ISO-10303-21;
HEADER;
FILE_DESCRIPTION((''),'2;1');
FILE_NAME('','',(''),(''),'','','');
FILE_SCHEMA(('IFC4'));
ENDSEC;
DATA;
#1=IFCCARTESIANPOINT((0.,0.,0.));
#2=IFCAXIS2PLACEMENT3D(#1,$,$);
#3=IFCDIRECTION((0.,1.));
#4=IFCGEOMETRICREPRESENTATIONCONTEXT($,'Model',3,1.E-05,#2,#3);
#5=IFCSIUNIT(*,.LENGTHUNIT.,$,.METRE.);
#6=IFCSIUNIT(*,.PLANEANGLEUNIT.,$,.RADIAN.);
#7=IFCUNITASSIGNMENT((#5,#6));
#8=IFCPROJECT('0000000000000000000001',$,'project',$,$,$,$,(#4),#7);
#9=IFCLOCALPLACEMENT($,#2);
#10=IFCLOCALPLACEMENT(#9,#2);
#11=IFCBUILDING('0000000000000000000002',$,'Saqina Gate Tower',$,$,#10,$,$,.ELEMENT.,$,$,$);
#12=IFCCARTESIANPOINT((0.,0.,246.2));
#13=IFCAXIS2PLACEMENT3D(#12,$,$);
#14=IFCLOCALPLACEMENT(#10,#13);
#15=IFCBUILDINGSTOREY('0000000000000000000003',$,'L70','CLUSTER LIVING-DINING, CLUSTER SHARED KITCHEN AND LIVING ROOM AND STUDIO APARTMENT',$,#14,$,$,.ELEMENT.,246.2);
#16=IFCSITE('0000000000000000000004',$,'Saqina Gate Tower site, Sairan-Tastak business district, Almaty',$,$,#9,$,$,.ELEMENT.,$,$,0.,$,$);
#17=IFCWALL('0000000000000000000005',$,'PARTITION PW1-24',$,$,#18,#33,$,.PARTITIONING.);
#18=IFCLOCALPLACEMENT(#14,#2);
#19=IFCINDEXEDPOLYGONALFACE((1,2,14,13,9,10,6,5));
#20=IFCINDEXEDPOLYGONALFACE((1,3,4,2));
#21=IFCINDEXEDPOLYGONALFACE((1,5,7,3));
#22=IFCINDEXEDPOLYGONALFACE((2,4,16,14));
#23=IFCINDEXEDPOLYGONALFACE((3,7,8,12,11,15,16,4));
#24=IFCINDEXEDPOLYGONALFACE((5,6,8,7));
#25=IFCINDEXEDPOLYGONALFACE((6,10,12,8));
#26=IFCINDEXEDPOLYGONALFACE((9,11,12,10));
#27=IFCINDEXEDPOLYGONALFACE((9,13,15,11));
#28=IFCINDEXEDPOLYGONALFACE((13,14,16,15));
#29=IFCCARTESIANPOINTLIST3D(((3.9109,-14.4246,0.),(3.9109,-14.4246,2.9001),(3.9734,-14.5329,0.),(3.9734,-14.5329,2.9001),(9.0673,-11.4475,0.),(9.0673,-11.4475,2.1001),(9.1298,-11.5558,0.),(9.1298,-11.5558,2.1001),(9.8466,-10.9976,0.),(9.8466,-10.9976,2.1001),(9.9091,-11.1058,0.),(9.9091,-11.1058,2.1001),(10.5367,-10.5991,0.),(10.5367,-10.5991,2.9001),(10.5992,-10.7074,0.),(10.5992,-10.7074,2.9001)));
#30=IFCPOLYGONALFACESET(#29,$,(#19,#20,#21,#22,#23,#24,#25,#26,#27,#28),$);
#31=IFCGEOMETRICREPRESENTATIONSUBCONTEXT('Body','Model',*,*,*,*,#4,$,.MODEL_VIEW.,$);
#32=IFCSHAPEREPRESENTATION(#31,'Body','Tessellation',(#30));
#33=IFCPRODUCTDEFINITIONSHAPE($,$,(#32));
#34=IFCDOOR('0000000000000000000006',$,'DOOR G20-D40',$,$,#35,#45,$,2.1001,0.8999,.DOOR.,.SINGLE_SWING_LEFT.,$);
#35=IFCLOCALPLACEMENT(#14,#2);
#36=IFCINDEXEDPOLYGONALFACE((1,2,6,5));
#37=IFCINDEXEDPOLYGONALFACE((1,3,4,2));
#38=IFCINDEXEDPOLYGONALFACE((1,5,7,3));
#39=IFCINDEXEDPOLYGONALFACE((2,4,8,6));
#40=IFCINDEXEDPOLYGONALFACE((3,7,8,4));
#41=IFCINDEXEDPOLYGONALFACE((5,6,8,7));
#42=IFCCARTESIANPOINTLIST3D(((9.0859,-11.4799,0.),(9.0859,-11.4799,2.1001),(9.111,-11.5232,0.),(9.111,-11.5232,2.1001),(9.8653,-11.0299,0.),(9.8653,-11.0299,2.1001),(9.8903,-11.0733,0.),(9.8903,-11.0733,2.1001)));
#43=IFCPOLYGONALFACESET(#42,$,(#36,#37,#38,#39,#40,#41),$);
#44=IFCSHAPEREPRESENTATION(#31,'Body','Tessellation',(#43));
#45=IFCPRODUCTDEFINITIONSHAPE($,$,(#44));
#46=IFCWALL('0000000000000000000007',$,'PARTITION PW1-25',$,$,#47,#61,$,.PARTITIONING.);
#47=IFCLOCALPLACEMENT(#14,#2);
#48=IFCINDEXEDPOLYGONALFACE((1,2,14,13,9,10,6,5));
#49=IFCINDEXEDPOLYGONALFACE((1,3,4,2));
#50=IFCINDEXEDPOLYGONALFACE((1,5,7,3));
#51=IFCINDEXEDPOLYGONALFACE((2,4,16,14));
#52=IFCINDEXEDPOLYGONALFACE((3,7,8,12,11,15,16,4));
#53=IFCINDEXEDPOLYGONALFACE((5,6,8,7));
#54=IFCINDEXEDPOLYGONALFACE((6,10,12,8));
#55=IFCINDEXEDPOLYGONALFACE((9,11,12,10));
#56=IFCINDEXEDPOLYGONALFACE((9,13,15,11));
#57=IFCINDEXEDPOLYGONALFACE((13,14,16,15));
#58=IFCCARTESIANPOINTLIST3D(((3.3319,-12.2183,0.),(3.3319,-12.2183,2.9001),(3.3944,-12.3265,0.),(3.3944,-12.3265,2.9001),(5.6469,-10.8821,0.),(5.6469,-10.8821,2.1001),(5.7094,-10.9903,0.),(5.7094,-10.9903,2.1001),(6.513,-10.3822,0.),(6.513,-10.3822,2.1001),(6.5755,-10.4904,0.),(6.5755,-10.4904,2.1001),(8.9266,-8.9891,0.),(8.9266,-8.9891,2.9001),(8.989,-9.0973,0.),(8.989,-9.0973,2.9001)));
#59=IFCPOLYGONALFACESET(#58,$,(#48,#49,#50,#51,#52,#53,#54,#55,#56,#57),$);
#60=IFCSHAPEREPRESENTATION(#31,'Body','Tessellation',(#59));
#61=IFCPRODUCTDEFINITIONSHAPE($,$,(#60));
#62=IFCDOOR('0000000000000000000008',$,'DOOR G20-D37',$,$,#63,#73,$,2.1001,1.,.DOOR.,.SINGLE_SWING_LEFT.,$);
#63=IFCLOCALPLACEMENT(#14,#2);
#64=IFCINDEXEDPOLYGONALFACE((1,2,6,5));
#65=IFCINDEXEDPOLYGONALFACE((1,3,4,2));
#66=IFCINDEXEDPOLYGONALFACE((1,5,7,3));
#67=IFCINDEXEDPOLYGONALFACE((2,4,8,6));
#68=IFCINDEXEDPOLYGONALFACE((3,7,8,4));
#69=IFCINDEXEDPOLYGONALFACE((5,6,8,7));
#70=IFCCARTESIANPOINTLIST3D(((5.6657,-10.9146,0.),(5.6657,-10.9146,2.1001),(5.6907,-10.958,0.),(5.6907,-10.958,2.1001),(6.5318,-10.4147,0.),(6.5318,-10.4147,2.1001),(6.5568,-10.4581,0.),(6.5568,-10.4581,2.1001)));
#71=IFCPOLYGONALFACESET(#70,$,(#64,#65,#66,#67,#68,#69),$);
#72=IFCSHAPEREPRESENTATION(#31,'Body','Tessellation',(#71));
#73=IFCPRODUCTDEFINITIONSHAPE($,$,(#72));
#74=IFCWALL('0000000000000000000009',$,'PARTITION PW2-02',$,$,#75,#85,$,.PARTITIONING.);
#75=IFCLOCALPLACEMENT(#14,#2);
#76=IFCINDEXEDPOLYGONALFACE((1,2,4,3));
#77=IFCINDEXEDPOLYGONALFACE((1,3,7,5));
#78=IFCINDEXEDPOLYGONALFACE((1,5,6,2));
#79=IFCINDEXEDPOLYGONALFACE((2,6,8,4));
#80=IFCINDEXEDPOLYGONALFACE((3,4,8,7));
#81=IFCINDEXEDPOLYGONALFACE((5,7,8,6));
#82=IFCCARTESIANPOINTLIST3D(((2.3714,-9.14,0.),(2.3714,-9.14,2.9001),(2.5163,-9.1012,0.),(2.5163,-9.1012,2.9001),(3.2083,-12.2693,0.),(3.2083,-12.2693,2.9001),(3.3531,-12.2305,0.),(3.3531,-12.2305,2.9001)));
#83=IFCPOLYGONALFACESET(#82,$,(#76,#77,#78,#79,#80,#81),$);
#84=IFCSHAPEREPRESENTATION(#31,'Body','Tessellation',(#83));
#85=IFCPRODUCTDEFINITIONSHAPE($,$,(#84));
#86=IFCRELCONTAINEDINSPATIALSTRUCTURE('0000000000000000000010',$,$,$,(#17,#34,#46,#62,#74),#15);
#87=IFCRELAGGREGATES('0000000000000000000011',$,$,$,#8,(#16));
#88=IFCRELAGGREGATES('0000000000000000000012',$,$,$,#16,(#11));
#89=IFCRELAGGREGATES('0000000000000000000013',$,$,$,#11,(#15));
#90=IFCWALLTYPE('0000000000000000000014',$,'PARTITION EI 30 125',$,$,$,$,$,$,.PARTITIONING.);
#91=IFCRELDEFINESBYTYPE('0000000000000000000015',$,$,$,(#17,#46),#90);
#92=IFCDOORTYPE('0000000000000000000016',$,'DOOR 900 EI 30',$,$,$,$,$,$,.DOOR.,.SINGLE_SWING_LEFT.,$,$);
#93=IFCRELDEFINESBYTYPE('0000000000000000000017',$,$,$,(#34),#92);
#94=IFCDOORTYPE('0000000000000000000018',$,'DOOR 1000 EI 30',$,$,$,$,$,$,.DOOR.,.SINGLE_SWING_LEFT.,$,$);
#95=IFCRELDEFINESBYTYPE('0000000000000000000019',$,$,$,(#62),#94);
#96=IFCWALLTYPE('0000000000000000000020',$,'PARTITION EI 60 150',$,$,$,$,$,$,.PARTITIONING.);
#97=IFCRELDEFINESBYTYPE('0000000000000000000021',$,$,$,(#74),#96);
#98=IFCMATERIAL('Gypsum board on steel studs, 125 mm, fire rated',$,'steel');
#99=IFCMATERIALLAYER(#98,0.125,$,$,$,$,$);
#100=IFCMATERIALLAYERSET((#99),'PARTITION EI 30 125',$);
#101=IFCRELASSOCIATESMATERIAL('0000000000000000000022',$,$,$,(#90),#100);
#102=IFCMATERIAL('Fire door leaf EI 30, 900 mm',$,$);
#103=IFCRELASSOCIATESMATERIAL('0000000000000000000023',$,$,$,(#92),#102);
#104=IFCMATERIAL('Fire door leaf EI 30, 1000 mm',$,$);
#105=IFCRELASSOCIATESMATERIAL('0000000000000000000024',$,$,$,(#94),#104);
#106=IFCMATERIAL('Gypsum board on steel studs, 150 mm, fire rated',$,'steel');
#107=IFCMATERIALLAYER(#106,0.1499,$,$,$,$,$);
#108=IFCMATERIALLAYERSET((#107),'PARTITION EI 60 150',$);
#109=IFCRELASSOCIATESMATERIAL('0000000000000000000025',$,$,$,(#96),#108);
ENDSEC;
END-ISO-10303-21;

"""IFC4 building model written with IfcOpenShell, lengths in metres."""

from ifc_helpers import new_model, si_unit, direction, frame, frame_2d, origin, place, context, subcontext, project, spatial, rectangle, extrude, material, layer, layer_set, type_object, element, fill, save


model = new_model("IFC4")

# Units and contexts
model_context = context("Model", 3, precision=1e-05, world=origin(), true_north=direction((0.0, 1.0)))
body_context = subcontext(model_context, "Body", "Model", "MODEL_VIEW")
ifc_project = project(units=[si_unit("LENGTHUNIT", "METRE"), si_unit("PLANEANGLEUNIT", "RADIAN")], contexts=[model_context])

# Site, building, storey
site_placement = place(None, origin())
site = spatial("IfcSite", under=ifc_project, at=site_placement, Name="Saqina Gate Tower site, Sairan-Tastak business district, Almaty", CompositionType="ELEMENT", RefElevation=0.0)
building_placement = place(site_placement, origin())
building = spatial("IfcBuilding", under=site, at=building_placement, Name="Saqina Gate Tower", CompositionType="ELEMENT")
storey_placement = place(building_placement, frame((0.0, 0.0, 246.2)))
storey = spatial("IfcBuildingStorey", under=building, at=storey_placement, Name="L70", Description="CLUSTER LIVING-DINING, CLUSTER SHARED KITCHEN AND LIVING ROOM AND STUDIO APARTMENT", CompositionType="ELEMENT", Elevation=246.2)

# Shared definitions
ifc_material_1 = material(Name="Gypsum board on steel studs, 125 mm, fire rated", Category="steel")
ifc_layer_1 = layer(ifc_material_1, 0.125)
ifc_layer_set_1 = layer_set([ifc_layer_1], Name="PARTITION EI 30 125")
wall_type_1 = type_object("IfcWallType", Name="PARTITION EI 30 125", PredefinedType="PARTITIONING", material=ifc_layer_set_1)
ifc_material_2 = material(Name="Fire door leaf EI 30, 900 mm")
door_type_1 = type_object("IfcDoorType", Name="DOOR 900 EI 30", OperationType="SINGLE_SWING_LEFT", PredefinedType="DOOR", material=ifc_material_2)

# Walls, openings, doors
wall_1_placement = place(storey_placement, frame((3.9421, -14.4788, 0.0), z_axis=(0.0, 0.0, 1.0), x_axis=(0.866021, 0.500007, 0.0)))
wall_1 = element("IfcWall", 1, at=wall_1_placement, inside=storey, type_object=wall_type_1, Name="PARTITION PW1-24", PredefinedType="PARTITIONING", context=body_context, shape_type="SweptSolid", body=[
    extrude(rectangle(XDim=7.6509, YDim=0.125, at=frame_2d((3.8254, 0.0))), origin(), (0.0, 0.0, 1.0), 2.9001),
])
opening_1_placement = place(wall_1_placement, frame((5.9541, 0.0, 0.0)))
opening_1 = element("IfcOpeningElement", 2, at=opening_1_placement, cuts=wall_1, PredefinedType="OPENING", context=body_context, shape_type="SweptSolid", body=[
    extrude(rectangle(XDim=0.8999, YDim=2.1001, at=frame_2d((0.45, 1.05))), frame((0.0, 0.0745, 0.0), z_axis=(0.0, -1.0, 0.0), x_axis=(1.0, 0.0, 0.0)), (0.0, 0.0, 1.0), 0.1489),
])
door_1_placement = place(opening_1_placement, frame((0.8999, 0.0, 0.0), z_axis=(0.0, 0.0, 1.0), x_axis=(-1.0, 0.0, 0.0)))
door_1 = element("IfcDoor", 3, at=door_1_placement, inside=storey, type_object=door_type_1, Name="DOOR G20-D40", OperationType="SINGLE_SWING_LEFT", OverallHeight=2.1001, OverallWidth=0.8999, PredefinedType="DOOR", context=body_context, shape_type="SweptSolid", body=[
    extrude(rectangle(XDim=0.8999, YDim=2.1001, at=frame_2d((0.45, 1.05))), frame((0.0, 0.0249, 0.0), z_axis=(0.0, -1.0, 0.0), x_axis=(1.0, 0.0, 0.0)), (0.0, 0.0, 1.0), 0.05),
])
fill(opening_1, door_1)
wall_2_placement = place(storey_placement, frame((3.363, -12.2725, 0.0), z_axis=(0.0, 0.0, 1.0), x_axis=(0.866084, 0.499899, 0.0)))
wall_2 = element("IfcWall", 4, at=wall_2_placement, inside=storey, type_object=wall_type_1, Name="PARTITION PW1-25", PredefinedType="PARTITIONING", context=body_context, shape_type="SweptSolid", body=[
    extrude(rectangle(XDim=6.4597, YDim=0.125, at=frame_2d((3.23, 0.0))), origin(), (0.0, 0.0, 1.0), 2.9001),
])
opening_2_placement = place(wall_2_placement, frame((2.6731, 0.0, 0.0)))
opening_2 = element("IfcOpeningElement", 5, at=opening_2_placement, cuts=wall_2, PredefinedType="OPENING", context=body_context, shape_type="SweptSolid", body=[
    extrude(rectangle(XDim=1.0, YDim=2.1001, at=frame_2d((0.5, 1.05))), frame((0.0, 0.0745, 0.0), z_axis=(0.0, -1.0, 0.0), x_axis=(1.0, 0.0, 0.0)), (0.0, 0.0, 1.0), 0.1489),
])
ifc_material_3 = material(Name="Fire door leaf EI 30, 1000 mm")
door_type_2 = type_object("IfcDoorType", Name="DOOR 1000 EI 30", OperationType="SINGLE_SWING_LEFT", PredefinedType="DOOR", material=ifc_material_3)
door_2_placement = place(opening_2_placement, origin())
door_2 = element("IfcDoor", 6, at=door_2_placement, inside=storey, type_object=door_type_2, Name="DOOR G20-D37", OperationType="SINGLE_SWING_LEFT", OverallHeight=2.1001, OverallWidth=1.0, PredefinedType="DOOR", context=body_context, shape_type="SweptSolid", body=[
    extrude(rectangle(XDim=1.0, YDim=2.1001, at=frame_2d((0.5, 1.05))), frame((0.0, 0.0249, 0.0), z_axis=(0.0, -1.0, 0.0), x_axis=(1.0, 0.0, 0.0)), (0.0, 0.0, 1.0), 0.05),
])
fill(opening_2, door_2)

# Wall
ifc_material_4 = material(Name="Gypsum board on steel studs, 150 mm, fire rated", Category="steel")
ifc_layer_2 = layer(ifc_material_4, 0.1499)
ifc_layer_set_2 = layer_set([ifc_layer_2], Name="PARTITION EI 60 150")
wall_type_2 = type_object("IfcWallType", Name="PARTITION EI 60 150", PredefinedType="PARTITIONING", material=ifc_layer_set_2)
wall_3_placement = place(storey_placement, frame((2.4438, -9.1206, 0.0), z_axis=(0.0, 0.0, 1.0), x_axis=(0.258357, -0.96605, 0.0)))
element("IfcWall", 7, at=wall_3_placement, inside=storey, type_object=wall_type_2, Name="PARTITION PW2-02", PredefinedType="PARTITIONING", context=body_context, shape_type="SweptSolid", body=[
    extrude(rectangle(XDim=3.2393, YDim=0.1499, at=frame_2d((1.6196, 0.0))), origin(), (0.0, 0.0, 1.0), 2.9001),
])

save(model, "model.ifc")
